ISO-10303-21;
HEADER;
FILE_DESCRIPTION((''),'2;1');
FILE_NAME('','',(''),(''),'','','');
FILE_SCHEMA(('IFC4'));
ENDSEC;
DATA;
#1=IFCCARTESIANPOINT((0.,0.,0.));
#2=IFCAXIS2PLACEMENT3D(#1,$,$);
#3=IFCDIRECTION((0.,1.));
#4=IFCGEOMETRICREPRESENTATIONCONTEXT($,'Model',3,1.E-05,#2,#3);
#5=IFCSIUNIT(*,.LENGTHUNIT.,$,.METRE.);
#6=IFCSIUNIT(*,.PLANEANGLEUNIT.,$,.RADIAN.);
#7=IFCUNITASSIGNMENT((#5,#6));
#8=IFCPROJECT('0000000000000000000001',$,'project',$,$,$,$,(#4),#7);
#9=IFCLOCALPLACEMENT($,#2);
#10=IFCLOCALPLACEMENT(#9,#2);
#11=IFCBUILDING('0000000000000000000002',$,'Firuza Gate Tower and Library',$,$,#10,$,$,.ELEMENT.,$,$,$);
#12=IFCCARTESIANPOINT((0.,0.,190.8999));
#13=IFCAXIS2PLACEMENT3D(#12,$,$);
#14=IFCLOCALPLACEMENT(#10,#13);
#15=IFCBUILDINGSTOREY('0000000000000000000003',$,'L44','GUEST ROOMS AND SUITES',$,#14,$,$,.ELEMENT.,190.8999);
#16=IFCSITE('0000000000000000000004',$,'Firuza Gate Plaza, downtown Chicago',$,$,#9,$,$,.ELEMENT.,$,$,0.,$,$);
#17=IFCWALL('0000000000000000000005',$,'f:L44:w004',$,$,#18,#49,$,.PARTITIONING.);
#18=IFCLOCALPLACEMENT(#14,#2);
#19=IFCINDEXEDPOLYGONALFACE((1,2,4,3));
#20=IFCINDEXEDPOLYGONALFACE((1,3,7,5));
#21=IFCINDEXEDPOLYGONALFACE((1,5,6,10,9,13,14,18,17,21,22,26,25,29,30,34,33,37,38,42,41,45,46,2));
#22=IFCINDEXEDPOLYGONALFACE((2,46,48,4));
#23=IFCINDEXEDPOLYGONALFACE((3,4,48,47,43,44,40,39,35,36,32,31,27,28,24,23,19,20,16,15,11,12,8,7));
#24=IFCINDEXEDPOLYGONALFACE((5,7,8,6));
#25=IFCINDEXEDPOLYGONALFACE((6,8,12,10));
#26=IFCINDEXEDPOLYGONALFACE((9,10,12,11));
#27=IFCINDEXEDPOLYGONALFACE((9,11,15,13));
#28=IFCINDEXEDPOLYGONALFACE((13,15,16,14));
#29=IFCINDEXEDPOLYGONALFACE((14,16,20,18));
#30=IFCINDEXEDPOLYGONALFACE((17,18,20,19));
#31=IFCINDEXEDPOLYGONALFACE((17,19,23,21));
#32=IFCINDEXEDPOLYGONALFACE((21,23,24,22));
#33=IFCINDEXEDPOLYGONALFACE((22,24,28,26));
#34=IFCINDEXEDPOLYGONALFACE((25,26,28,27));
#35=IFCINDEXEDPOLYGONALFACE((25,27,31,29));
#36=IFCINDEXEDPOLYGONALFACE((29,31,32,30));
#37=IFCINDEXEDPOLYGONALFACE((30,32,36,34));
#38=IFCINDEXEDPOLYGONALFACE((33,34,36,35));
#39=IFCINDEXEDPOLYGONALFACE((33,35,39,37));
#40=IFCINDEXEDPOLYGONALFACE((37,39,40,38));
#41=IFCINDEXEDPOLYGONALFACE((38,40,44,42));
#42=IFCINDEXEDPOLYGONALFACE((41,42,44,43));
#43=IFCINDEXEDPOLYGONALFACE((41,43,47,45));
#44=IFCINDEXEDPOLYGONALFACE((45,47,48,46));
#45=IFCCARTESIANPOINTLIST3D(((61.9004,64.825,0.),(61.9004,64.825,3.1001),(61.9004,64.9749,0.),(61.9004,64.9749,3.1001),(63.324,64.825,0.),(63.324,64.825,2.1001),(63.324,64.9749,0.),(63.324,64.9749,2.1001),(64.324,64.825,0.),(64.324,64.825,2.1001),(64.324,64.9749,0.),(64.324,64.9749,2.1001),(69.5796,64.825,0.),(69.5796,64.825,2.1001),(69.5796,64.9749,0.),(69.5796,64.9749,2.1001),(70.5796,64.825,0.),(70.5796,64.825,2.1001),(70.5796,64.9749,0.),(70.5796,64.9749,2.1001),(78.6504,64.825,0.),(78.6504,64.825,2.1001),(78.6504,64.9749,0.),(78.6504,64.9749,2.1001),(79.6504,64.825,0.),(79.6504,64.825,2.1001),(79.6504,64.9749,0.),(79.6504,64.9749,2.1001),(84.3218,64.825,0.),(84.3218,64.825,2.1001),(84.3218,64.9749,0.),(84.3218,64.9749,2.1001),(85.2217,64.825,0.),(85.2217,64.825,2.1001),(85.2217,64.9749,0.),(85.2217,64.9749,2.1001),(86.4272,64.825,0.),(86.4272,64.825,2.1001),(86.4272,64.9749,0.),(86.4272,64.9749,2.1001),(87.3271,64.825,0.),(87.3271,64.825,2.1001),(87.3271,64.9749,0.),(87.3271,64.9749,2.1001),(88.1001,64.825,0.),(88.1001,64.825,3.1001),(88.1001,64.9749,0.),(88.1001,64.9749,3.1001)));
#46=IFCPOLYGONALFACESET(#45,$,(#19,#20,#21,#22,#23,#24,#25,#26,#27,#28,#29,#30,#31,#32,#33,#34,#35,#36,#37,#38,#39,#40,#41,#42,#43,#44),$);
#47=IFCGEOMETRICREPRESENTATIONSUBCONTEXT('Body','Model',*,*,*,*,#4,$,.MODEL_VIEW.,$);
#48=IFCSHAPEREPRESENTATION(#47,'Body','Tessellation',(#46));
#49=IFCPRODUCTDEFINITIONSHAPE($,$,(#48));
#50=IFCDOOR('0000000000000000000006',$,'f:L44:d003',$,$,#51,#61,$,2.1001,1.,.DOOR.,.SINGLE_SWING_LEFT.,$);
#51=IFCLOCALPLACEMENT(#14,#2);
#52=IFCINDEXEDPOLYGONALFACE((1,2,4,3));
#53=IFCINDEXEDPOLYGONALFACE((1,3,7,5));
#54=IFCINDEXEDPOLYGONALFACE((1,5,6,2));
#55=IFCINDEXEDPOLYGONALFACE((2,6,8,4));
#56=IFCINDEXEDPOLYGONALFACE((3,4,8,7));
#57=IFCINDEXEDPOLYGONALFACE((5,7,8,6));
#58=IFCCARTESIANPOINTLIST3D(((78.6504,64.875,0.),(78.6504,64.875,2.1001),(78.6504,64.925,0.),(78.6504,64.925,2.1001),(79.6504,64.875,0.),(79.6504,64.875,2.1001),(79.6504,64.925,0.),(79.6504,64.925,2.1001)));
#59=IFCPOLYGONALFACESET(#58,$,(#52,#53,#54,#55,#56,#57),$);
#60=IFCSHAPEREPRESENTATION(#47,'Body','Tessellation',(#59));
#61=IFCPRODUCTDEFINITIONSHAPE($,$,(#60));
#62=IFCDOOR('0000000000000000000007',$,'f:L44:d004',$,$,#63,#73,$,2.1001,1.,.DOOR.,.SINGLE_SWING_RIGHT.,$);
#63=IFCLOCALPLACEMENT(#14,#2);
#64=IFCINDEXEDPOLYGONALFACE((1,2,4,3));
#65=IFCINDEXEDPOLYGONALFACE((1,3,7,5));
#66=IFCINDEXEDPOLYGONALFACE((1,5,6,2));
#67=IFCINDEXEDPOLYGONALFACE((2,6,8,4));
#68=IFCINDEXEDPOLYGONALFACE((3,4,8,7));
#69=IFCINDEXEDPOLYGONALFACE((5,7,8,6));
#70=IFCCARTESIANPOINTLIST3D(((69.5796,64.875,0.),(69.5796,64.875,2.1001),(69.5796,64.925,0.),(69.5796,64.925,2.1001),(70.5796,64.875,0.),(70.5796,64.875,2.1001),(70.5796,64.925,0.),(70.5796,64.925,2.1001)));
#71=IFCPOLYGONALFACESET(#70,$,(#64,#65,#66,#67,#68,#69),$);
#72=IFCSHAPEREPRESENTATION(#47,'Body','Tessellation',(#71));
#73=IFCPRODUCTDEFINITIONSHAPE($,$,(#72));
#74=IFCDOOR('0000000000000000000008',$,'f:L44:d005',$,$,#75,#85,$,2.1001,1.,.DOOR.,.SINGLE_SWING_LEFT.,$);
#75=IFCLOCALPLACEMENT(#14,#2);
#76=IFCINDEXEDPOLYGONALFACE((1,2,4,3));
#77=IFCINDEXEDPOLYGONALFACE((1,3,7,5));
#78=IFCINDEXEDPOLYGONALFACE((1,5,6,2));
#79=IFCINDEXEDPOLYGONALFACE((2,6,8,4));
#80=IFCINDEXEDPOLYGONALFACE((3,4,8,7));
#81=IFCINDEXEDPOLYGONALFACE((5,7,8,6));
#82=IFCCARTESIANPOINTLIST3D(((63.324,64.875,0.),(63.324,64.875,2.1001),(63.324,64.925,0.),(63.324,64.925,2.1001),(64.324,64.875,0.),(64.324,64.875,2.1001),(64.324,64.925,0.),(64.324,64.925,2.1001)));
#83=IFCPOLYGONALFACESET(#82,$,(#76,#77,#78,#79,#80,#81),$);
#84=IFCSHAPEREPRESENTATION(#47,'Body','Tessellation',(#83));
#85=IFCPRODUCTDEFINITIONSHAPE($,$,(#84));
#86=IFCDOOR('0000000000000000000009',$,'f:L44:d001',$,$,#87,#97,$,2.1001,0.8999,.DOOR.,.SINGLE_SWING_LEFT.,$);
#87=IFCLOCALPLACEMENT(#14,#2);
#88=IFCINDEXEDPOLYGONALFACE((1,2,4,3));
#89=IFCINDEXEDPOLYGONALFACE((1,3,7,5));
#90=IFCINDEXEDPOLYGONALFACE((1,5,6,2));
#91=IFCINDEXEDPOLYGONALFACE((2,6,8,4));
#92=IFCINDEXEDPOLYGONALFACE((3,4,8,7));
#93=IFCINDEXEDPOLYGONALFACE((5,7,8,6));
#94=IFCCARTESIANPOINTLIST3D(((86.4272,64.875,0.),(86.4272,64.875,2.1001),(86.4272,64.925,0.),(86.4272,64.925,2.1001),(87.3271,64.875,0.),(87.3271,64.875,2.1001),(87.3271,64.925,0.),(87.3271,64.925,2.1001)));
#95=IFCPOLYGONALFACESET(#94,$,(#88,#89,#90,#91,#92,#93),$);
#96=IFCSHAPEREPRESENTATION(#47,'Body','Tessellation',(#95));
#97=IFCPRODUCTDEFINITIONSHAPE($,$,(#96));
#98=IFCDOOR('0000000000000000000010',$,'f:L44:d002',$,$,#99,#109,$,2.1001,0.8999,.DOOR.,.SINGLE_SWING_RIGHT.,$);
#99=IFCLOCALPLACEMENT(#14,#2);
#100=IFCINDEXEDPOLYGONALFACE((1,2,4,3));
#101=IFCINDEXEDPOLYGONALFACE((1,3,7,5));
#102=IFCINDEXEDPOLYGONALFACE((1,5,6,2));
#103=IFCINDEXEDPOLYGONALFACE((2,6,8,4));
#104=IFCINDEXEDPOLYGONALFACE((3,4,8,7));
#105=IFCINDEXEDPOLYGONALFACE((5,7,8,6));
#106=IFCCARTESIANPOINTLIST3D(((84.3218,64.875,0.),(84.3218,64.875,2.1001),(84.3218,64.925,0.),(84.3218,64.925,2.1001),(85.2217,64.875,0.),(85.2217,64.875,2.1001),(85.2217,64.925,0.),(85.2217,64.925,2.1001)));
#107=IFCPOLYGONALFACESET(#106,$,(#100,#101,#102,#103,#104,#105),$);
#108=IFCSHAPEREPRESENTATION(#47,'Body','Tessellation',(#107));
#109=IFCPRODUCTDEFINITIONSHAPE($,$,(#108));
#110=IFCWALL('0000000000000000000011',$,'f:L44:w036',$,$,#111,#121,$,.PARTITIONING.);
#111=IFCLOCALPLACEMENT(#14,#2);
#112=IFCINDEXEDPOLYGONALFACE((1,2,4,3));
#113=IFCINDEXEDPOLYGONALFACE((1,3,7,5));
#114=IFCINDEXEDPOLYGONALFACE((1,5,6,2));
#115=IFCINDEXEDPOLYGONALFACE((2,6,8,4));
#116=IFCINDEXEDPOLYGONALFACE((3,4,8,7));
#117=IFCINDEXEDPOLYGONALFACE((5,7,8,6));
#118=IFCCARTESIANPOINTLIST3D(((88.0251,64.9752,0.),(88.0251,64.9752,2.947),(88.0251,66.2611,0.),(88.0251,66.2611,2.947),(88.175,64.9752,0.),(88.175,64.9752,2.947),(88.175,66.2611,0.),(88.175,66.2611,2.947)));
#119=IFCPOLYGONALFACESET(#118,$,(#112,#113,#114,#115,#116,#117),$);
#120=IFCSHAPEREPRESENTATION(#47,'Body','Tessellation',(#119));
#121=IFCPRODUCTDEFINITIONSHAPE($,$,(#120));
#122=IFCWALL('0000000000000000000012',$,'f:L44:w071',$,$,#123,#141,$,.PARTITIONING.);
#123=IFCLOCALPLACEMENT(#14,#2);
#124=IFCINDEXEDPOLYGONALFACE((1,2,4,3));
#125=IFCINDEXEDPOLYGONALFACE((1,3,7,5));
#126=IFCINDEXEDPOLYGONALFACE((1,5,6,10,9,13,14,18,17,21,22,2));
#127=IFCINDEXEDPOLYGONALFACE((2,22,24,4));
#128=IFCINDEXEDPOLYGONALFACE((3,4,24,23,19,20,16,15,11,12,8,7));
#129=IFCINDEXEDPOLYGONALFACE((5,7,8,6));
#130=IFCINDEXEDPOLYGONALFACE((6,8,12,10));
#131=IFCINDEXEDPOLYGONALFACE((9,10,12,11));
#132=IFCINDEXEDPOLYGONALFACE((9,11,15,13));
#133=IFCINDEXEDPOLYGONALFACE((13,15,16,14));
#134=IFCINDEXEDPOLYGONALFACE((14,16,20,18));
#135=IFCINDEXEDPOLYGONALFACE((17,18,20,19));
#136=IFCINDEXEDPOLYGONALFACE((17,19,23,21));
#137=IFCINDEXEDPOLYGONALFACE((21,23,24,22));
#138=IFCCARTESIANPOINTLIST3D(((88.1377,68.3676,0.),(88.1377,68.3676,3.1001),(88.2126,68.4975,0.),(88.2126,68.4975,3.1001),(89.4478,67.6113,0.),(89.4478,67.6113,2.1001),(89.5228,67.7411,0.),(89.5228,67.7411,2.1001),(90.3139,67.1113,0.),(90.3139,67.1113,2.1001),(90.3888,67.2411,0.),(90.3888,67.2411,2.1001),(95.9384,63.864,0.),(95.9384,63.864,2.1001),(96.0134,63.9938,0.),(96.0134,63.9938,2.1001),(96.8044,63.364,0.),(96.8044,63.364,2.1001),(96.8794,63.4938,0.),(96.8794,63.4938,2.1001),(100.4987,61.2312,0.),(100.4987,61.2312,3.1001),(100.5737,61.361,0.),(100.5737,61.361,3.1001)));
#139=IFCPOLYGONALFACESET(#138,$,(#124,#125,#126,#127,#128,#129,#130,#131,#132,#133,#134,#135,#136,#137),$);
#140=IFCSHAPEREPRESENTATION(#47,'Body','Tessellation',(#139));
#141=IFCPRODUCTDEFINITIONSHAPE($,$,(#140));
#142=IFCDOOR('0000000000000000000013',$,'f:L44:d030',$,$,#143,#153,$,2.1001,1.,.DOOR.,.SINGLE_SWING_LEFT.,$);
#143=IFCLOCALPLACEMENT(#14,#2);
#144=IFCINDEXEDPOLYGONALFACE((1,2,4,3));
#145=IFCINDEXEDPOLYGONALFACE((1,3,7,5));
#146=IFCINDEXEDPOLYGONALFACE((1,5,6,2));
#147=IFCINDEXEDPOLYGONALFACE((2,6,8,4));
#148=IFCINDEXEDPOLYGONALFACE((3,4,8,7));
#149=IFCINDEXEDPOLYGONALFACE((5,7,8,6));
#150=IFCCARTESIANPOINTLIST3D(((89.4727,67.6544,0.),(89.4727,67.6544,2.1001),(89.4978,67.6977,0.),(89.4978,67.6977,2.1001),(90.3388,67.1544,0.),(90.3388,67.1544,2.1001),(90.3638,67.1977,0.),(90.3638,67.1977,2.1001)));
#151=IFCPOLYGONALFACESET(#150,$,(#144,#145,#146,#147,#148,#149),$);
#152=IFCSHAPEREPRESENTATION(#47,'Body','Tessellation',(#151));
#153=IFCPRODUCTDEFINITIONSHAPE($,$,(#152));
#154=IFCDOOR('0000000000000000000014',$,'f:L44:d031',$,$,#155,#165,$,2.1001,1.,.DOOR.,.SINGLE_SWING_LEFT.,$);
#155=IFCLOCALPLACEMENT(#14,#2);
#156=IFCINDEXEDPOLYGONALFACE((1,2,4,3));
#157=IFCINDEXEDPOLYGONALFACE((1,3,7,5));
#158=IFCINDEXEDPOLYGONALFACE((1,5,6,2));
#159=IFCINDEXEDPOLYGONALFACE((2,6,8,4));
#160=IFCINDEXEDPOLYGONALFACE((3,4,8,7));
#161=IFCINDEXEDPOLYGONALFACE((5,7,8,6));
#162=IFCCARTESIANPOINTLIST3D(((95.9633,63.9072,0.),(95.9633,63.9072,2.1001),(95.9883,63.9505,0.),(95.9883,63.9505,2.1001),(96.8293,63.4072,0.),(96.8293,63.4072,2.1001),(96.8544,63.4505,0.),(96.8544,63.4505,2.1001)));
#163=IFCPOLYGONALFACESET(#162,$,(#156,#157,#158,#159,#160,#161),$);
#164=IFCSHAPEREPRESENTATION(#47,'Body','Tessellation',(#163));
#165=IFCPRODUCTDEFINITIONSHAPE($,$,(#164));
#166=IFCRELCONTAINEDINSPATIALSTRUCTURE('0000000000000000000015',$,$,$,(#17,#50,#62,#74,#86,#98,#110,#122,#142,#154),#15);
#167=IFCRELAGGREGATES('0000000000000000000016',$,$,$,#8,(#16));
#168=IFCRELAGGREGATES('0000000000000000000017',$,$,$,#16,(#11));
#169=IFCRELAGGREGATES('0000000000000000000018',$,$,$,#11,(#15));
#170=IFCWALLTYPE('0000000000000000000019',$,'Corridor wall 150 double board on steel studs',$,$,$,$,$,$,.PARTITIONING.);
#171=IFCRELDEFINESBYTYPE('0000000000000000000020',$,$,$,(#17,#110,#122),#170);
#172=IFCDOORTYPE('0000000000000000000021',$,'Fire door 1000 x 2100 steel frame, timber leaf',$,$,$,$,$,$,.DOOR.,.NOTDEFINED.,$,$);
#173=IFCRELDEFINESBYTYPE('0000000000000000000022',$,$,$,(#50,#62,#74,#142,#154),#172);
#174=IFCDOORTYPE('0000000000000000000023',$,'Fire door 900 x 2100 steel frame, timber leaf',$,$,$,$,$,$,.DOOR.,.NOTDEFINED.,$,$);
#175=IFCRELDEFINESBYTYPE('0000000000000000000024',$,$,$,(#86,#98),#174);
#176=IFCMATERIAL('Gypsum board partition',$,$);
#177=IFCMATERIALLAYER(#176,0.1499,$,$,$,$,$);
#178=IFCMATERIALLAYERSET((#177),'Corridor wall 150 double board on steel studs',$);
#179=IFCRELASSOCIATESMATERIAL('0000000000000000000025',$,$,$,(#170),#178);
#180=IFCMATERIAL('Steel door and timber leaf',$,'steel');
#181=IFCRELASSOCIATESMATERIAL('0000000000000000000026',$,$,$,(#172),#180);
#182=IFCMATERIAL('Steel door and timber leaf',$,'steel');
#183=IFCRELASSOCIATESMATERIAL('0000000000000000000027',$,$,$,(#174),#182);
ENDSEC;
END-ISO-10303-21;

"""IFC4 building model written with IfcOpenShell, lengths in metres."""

from ifc_helpers import new_model, si_unit, direction, frame, frame_2d, origin, place, context, subcontext, project, spatial, rectangle, extrude, material, layer, layer_set, type_object, element, fill, save


model = new_model("IFC4")

# Units and contexts
model_context = context("Model", 3, precision=1e-05, world=origin(), true_north=direction((0.0, 1.0)))
body_context = subcontext(model_context, "Body", "Model", "MODEL_VIEW")
ifc_project = project(units=[si_unit("LENGTHUNIT", "METRE"), si_unit("PLANEANGLEUNIT", "RADIAN")], contexts=[model_context])

# Site, building, storey
site_placement = place(None, origin())
site = spatial("IfcSite", under=ifc_project, at=site_placement, Name="Firuza Gate Plaza, downtown Chicago", CompositionType="ELEMENT", RefElevation=0.0)
building_placement = place(site_placement, origin())
building = spatial("IfcBuilding", under=site, at=building_placement, Name="Firuza Gate Tower and Library", CompositionType="ELEMENT")
storey_placement = place(building_placement, frame((0.0, 0.0, 190.8999)))
storey = spatial("IfcBuildingStorey", under=building, at=storey_placement, Name="L44", Description="GUEST ROOMS AND SUITES", CompositionType="ELEMENT", Elevation=190.8999)

# Wall, openings, doors
ifc_material_1 = material(Name="Gypsum board partition")
ifc_layer_1 = layer(ifc_material_1, 0.1499)
ifc_layer_set_1 = layer_set([ifc_layer_1], Name="Corridor wall 150 double board on steel studs")
wall_type_1 = type_object("IfcWallType", Name="Corridor wall 150 double board on steel studs", PredefinedType="PARTITIONING", material=ifc_layer_set_1)
wall_1_placement = place(storey_placement, frame((88.1001, 64.8999, 0.0), z_axis=(0.0, 0.0, 1.0), x_axis=(-1.0, 0.0, 0.0)))
wall_1 = element("IfcWall", 1, at=wall_1_placement, inside=storey, type_object=wall_type_1, Name="f:L44:w004", PredefinedType="PARTITIONING", context=body_context, shape_type="SweptSolid", body=[
    extrude(rectangle(XDim=26.1997, YDim=0.1499, at=frame_2d((13.0999, 0.0))), origin(), (0.0, 0.0, 1.0), 3.1001),
])
opening_1_placement = place(wall_1_placement, frame((0.7729, 0.0, 0.0)))
opening_1 = element("IfcOpeningElement", 2, at=opening_1_placement, cuts=wall_1, PredefinedType="OPENING", context=body_context, shape_type="SweptSolid", body=[
    extrude(rectangle(XDim=0.8999, YDim=2.1001, at=frame_2d((0.45, 1.05))), frame((0.0, 0.085, 0.0), z_axis=(0.0, -1.0, 0.0), x_axis=(1.0, 0.0, 0.0)), (0.0, 0.0, 1.0), 0.1699),
])
opening_2_placement = place(wall_1_placement, frame((2.8784, 0.0, 0.0)))
opening_2 = element("IfcOpeningElement", 3, at=opening_2_placement, cuts=wall_1, PredefinedType="OPENING", context=body_context, shape_type="SweptSolid", body=[
    extrude(rectangle(XDim=0.8999, YDim=2.1001, at=frame_2d((0.45, 1.05))), frame((0.0, 0.085, 0.0), z_axis=(0.0, -1.0, 0.0), x_axis=(1.0, 0.0, 0.0)), (0.0, 0.0, 1.0), 0.1699),
])
opening_3_placement = place(wall_1_placement, frame((8.4497, 0.0, 0.0)))
opening_3 = element("IfcOpeningElement", 4, at=opening_3_placement, cuts=wall_1, PredefinedType="OPENING", context=body_context, shape_type="SweptSolid", body=[
    extrude(rectangle(XDim=1.0, YDim=2.1001, at=frame_2d((0.5, 1.05))), frame((0.0, 0.085, 0.0), z_axis=(0.0, -1.0, 0.0), x_axis=(1.0, 0.0, 0.0)), (0.0, 0.0, 1.0), 0.1699),
])
opening_4_placement = place(wall_1_placement, frame((17.5205, 0.0, 0.0)))
opening_4 = element("IfcOpeningElement", 5, at=opening_4_placement, cuts=wall_1, PredefinedType="OPENING", context=body_context, shape_type="SweptSolid", body=[
    extrude(rectangle(XDim=1.0, YDim=2.1001, at=frame_2d((0.5, 1.05))), frame((0.0, 0.085, 0.0), z_axis=(0.0, -1.0, 0.0), x_axis=(1.0, 0.0, 0.0)), (0.0, 0.0, 1.0), 0.1699),
])
opening_5_placement = place(wall_1_placement, frame((23.7761, 0.0, 0.0)))
opening_5 = element("IfcOpeningElement", 6, at=opening_5_placement, cuts=wall_1, PredefinedType="OPENING", context=body_context, shape_type="SweptSolid", body=[
    extrude(rectangle(XDim=1.0, YDim=2.1001, at=frame_2d((0.5, 1.05))), frame((0.0, 0.085, 0.0), z_axis=(0.0, -1.0, 0.0), x_axis=(1.0, 0.0, 0.0)), (0.0, 0.0, 1.0), 0.1699),
])
ifc_material_2 = material(Name="Steel door and timber leaf", Category="steel")
door_type_1 = type_object("IfcDoorType", Name="Fire door 1000 x 2100 steel frame, timber leaf", OperationType="NOTDEFINED", PredefinedType="DOOR", material=ifc_material_2)
door_1_placement = place(opening_3_placement, origin())
door_1 = element("IfcDoor", 7, at=door_1_placement, inside=storey, type_object=door_type_1, Name="f:L44:d003", OperationType="SINGLE_SWING_LEFT", OverallHeight=2.1001, OverallWidth=1.0, PredefinedType="DOOR", context=body_context, shape_type="SweptSolid", body=[
    extrude(rectangle(XDim=1.0, YDim=2.1001, at=frame_2d((0.5, 1.05))), frame((0.0, 0.0249, 0.0), z_axis=(0.0, -1.0, 0.0), x_axis=(1.0, 0.0, 0.0)), (0.0, 0.0, 1.0), 0.05),
])
fill(opening_3, door_1)
door_2_placement = place(opening_4_placement, origin())
door_2 = element("IfcDoor", 8, at=door_2_placement, inside=storey, type_object=door_type_1, Name="f:L44:d004", OperationType="SINGLE_SWING_RIGHT", OverallHeight=2.1001, OverallWidth=1.0, PredefinedType="DOOR", context=body_context, shape_type="SweptSolid", body=[
    extrude(rectangle(XDim=1.0, YDim=2.1001, at=frame_2d((0.5, 1.05))), frame((0.0, 0.0249, 0.0), z_axis=(0.0, -1.0, 0.0), x_axis=(1.0, 0.0, 0.0)), (0.0, 0.0, 1.0), 0.05),
])
fill(opening_4, door_2)
door_3_placement = place(opening_5_placement, origin())
door_3 = element("IfcDoor", 9, at=door_3_placement, inside=storey, type_object=door_type_1, Name="f:L44:d005", OperationType="SINGLE_SWING_LEFT", OverallHeight=2.1001, OverallWidth=1.0, PredefinedType="DOOR", context=body_context, shape_type="SweptSolid", body=[
    extrude(rectangle(XDim=1.0, YDim=2.1001, at=frame_2d((0.5, 1.05))), frame((0.0, 0.0249, 0.0), z_axis=(0.0, -1.0, 0.0), x_axis=(1.0, 0.0, 0.0)), (0.0, 0.0, 1.0), 0.05),
])
fill(opening_5, door_3)
ifc_material_3 = material(Name="Steel door and timber leaf", Category="steel")
door_type_2 = type_object("IfcDoorType", Name="Fire door 900 x 2100 steel frame, timber leaf", OperationType="NOTDEFINED", PredefinedType="DOOR", material=ifc_material_3)
door_4_placement = place(opening_1_placement, origin())
door_4 = element("IfcDoor", 10, at=door_4_placement, inside=storey, type_object=door_type_2, Name="f:L44:d001", OperationType="SINGLE_SWING_LEFT", OverallHeight=2.1001, OverallWidth=0.8999, PredefinedType="DOOR", context=body_context, shape_type="SweptSolid", body=[
    extrude(rectangle(XDim=0.8999, YDim=2.1001, at=frame_2d((0.45, 1.05))), frame((0.0, 0.0249, 0.0), z_axis=(0.0, -1.0, 0.0), x_axis=(1.0, 0.0, 0.0)), (0.0, 0.0, 1.0), 0.05),
])
fill(opening_1, door_4)
door_5_placement = place(opening_2_placement, origin())
door_5 = element("IfcDoor", 11, at=door_5_placement, inside=storey, type_object=door_type_2, Name="f:L44:d002", OperationType="SINGLE_SWING_RIGHT", OverallHeight=2.1001, OverallWidth=0.8999, PredefinedType="DOOR", context=body_context, shape_type="SweptSolid", body=[
    extrude(rectangle(XDim=0.8999, YDim=2.1001, at=frame_2d((0.45, 1.05))), frame((0.0, 0.0249, 0.0), z_axis=(0.0, -1.0, 0.0), x_axis=(1.0, 0.0, 0.0)), (0.0, 0.0, 1.0), 0.05),
])
fill(opening_2, door_5)

# Wall
wall_2_placement = place(storey_placement, frame((88.1001, 64.9751, 0.0), z_axis=(0.0, 0.0, 1.0), x_axis=(0.0, 1.0, 0.0)))
element("IfcWall", 12, at=wall_2_placement, inside=storey, type_object=wall_type_1, Name="f:L44:w036", PredefinedType="PARTITIONING", context=body_context, shape_type="SweptSolid", body=[
    extrude(rectangle(XDim=1.2859, YDim=0.1499, at=frame_2d((0.6431, 0.0))), origin(), (0.0, 0.0, 1.0), 2.947),
])

# Wall, openings, doors
wall_3_placement = place(storey_placement, frame((88.175, 68.4326, 0.0), z_axis=(0.0, 0.0, 1.0), x_axis=(0.866031, -0.499989, 0.0)))
wall_3 = element("IfcWall", 13, at=wall_3_placement, inside=storey, type_object=wall_type_1, Name="f:L44:w071", PredefinedType="PARTITIONING", context=body_context, shape_type="SweptSolid", body=[
    extrude(rectangle(XDim=14.2732, YDim=0.1499, at=frame_2d((7.1367, 0.0))), origin(), (0.0, 0.0, 1.0), 3.1001),
])
opening_6_placement = place(wall_3_placement, frame((1.5129, 0.0, 0.0)))
opening_6 = element("IfcOpeningElement", 14, at=opening_6_placement, cuts=wall_3, PredefinedType="OPENING", context=body_context, shape_type="SweptSolid", body=[
    extrude(rectangle(XDim=1.0, YDim=2.1001, at=frame_2d((0.5, 1.05))), frame((0.0, 0.085, 0.0), z_axis=(0.0, -1.0, 0.0), x_axis=(1.0, 0.0, 0.0)), (0.0, 0.0, 1.0), 0.1699),
])
opening_7_placement = place(wall_3_placement, frame((9.0076, 0.0, 0.0)))
opening_7 = element("IfcOpeningElement", 15, at=opening_7_placement, cuts=wall_3, PredefinedType="OPENING", context=body_context, shape_type="SweptSolid", body=[
    extrude(rectangle(XDim=1.0, YDim=2.1001, at=frame_2d((0.5, 1.05))), frame((0.0, 0.085, 0.0), z_axis=(0.0, -1.0, 0.0), x_axis=(1.0, 0.0, 0.0)), (0.0, 0.0, 1.0), 0.1699),
])
door_6_placement = place(opening_6_placement, origin())
door_6 = element("IfcDoor", 16, at=door_6_placement, inside=storey, type_object=door_type_1, Name="f:L44:d030", OperationType="SINGLE_SWING_LEFT", OverallHeight=2.1001, OverallWidth=1.0, PredefinedType="DOOR", context=body_context, shape_type="SweptSolid", body=[
    extrude(rectangle(XDim=1.0, YDim=2.1001, at=frame_2d((0.5, 1.05))), frame((0.0, 0.0249, 0.0), z_axis=(0.0, -1.0, 0.0), x_axis=(1.0, 0.0, 0.0)), (0.0, 0.0, 1.0), 0.05),
])
fill(opening_6, door_6)
door_7_placement = place(opening_7_placement, origin())
door_7 = element("IfcDoor", 17, at=door_7_placement, inside=storey, type_object=door_type_1, Name="f:L44:d031", OperationType="SINGLE_SWING_LEFT", OverallHeight=2.1001, OverallWidth=1.0, PredefinedType="DOOR", context=body_context, shape_type="SweptSolid", body=[
    extrude(rectangle(XDim=1.0, YDim=2.1001, at=frame_2d((0.5, 1.05))), frame((0.0, 0.0249, 0.0), z_axis=(0.0, -1.0, 0.0), x_axis=(1.0, 0.0, 0.0)), (0.0, 0.0, 1.0), 0.05),
])
fill(opening_7, door_7)

save(model, "model.ifc")
